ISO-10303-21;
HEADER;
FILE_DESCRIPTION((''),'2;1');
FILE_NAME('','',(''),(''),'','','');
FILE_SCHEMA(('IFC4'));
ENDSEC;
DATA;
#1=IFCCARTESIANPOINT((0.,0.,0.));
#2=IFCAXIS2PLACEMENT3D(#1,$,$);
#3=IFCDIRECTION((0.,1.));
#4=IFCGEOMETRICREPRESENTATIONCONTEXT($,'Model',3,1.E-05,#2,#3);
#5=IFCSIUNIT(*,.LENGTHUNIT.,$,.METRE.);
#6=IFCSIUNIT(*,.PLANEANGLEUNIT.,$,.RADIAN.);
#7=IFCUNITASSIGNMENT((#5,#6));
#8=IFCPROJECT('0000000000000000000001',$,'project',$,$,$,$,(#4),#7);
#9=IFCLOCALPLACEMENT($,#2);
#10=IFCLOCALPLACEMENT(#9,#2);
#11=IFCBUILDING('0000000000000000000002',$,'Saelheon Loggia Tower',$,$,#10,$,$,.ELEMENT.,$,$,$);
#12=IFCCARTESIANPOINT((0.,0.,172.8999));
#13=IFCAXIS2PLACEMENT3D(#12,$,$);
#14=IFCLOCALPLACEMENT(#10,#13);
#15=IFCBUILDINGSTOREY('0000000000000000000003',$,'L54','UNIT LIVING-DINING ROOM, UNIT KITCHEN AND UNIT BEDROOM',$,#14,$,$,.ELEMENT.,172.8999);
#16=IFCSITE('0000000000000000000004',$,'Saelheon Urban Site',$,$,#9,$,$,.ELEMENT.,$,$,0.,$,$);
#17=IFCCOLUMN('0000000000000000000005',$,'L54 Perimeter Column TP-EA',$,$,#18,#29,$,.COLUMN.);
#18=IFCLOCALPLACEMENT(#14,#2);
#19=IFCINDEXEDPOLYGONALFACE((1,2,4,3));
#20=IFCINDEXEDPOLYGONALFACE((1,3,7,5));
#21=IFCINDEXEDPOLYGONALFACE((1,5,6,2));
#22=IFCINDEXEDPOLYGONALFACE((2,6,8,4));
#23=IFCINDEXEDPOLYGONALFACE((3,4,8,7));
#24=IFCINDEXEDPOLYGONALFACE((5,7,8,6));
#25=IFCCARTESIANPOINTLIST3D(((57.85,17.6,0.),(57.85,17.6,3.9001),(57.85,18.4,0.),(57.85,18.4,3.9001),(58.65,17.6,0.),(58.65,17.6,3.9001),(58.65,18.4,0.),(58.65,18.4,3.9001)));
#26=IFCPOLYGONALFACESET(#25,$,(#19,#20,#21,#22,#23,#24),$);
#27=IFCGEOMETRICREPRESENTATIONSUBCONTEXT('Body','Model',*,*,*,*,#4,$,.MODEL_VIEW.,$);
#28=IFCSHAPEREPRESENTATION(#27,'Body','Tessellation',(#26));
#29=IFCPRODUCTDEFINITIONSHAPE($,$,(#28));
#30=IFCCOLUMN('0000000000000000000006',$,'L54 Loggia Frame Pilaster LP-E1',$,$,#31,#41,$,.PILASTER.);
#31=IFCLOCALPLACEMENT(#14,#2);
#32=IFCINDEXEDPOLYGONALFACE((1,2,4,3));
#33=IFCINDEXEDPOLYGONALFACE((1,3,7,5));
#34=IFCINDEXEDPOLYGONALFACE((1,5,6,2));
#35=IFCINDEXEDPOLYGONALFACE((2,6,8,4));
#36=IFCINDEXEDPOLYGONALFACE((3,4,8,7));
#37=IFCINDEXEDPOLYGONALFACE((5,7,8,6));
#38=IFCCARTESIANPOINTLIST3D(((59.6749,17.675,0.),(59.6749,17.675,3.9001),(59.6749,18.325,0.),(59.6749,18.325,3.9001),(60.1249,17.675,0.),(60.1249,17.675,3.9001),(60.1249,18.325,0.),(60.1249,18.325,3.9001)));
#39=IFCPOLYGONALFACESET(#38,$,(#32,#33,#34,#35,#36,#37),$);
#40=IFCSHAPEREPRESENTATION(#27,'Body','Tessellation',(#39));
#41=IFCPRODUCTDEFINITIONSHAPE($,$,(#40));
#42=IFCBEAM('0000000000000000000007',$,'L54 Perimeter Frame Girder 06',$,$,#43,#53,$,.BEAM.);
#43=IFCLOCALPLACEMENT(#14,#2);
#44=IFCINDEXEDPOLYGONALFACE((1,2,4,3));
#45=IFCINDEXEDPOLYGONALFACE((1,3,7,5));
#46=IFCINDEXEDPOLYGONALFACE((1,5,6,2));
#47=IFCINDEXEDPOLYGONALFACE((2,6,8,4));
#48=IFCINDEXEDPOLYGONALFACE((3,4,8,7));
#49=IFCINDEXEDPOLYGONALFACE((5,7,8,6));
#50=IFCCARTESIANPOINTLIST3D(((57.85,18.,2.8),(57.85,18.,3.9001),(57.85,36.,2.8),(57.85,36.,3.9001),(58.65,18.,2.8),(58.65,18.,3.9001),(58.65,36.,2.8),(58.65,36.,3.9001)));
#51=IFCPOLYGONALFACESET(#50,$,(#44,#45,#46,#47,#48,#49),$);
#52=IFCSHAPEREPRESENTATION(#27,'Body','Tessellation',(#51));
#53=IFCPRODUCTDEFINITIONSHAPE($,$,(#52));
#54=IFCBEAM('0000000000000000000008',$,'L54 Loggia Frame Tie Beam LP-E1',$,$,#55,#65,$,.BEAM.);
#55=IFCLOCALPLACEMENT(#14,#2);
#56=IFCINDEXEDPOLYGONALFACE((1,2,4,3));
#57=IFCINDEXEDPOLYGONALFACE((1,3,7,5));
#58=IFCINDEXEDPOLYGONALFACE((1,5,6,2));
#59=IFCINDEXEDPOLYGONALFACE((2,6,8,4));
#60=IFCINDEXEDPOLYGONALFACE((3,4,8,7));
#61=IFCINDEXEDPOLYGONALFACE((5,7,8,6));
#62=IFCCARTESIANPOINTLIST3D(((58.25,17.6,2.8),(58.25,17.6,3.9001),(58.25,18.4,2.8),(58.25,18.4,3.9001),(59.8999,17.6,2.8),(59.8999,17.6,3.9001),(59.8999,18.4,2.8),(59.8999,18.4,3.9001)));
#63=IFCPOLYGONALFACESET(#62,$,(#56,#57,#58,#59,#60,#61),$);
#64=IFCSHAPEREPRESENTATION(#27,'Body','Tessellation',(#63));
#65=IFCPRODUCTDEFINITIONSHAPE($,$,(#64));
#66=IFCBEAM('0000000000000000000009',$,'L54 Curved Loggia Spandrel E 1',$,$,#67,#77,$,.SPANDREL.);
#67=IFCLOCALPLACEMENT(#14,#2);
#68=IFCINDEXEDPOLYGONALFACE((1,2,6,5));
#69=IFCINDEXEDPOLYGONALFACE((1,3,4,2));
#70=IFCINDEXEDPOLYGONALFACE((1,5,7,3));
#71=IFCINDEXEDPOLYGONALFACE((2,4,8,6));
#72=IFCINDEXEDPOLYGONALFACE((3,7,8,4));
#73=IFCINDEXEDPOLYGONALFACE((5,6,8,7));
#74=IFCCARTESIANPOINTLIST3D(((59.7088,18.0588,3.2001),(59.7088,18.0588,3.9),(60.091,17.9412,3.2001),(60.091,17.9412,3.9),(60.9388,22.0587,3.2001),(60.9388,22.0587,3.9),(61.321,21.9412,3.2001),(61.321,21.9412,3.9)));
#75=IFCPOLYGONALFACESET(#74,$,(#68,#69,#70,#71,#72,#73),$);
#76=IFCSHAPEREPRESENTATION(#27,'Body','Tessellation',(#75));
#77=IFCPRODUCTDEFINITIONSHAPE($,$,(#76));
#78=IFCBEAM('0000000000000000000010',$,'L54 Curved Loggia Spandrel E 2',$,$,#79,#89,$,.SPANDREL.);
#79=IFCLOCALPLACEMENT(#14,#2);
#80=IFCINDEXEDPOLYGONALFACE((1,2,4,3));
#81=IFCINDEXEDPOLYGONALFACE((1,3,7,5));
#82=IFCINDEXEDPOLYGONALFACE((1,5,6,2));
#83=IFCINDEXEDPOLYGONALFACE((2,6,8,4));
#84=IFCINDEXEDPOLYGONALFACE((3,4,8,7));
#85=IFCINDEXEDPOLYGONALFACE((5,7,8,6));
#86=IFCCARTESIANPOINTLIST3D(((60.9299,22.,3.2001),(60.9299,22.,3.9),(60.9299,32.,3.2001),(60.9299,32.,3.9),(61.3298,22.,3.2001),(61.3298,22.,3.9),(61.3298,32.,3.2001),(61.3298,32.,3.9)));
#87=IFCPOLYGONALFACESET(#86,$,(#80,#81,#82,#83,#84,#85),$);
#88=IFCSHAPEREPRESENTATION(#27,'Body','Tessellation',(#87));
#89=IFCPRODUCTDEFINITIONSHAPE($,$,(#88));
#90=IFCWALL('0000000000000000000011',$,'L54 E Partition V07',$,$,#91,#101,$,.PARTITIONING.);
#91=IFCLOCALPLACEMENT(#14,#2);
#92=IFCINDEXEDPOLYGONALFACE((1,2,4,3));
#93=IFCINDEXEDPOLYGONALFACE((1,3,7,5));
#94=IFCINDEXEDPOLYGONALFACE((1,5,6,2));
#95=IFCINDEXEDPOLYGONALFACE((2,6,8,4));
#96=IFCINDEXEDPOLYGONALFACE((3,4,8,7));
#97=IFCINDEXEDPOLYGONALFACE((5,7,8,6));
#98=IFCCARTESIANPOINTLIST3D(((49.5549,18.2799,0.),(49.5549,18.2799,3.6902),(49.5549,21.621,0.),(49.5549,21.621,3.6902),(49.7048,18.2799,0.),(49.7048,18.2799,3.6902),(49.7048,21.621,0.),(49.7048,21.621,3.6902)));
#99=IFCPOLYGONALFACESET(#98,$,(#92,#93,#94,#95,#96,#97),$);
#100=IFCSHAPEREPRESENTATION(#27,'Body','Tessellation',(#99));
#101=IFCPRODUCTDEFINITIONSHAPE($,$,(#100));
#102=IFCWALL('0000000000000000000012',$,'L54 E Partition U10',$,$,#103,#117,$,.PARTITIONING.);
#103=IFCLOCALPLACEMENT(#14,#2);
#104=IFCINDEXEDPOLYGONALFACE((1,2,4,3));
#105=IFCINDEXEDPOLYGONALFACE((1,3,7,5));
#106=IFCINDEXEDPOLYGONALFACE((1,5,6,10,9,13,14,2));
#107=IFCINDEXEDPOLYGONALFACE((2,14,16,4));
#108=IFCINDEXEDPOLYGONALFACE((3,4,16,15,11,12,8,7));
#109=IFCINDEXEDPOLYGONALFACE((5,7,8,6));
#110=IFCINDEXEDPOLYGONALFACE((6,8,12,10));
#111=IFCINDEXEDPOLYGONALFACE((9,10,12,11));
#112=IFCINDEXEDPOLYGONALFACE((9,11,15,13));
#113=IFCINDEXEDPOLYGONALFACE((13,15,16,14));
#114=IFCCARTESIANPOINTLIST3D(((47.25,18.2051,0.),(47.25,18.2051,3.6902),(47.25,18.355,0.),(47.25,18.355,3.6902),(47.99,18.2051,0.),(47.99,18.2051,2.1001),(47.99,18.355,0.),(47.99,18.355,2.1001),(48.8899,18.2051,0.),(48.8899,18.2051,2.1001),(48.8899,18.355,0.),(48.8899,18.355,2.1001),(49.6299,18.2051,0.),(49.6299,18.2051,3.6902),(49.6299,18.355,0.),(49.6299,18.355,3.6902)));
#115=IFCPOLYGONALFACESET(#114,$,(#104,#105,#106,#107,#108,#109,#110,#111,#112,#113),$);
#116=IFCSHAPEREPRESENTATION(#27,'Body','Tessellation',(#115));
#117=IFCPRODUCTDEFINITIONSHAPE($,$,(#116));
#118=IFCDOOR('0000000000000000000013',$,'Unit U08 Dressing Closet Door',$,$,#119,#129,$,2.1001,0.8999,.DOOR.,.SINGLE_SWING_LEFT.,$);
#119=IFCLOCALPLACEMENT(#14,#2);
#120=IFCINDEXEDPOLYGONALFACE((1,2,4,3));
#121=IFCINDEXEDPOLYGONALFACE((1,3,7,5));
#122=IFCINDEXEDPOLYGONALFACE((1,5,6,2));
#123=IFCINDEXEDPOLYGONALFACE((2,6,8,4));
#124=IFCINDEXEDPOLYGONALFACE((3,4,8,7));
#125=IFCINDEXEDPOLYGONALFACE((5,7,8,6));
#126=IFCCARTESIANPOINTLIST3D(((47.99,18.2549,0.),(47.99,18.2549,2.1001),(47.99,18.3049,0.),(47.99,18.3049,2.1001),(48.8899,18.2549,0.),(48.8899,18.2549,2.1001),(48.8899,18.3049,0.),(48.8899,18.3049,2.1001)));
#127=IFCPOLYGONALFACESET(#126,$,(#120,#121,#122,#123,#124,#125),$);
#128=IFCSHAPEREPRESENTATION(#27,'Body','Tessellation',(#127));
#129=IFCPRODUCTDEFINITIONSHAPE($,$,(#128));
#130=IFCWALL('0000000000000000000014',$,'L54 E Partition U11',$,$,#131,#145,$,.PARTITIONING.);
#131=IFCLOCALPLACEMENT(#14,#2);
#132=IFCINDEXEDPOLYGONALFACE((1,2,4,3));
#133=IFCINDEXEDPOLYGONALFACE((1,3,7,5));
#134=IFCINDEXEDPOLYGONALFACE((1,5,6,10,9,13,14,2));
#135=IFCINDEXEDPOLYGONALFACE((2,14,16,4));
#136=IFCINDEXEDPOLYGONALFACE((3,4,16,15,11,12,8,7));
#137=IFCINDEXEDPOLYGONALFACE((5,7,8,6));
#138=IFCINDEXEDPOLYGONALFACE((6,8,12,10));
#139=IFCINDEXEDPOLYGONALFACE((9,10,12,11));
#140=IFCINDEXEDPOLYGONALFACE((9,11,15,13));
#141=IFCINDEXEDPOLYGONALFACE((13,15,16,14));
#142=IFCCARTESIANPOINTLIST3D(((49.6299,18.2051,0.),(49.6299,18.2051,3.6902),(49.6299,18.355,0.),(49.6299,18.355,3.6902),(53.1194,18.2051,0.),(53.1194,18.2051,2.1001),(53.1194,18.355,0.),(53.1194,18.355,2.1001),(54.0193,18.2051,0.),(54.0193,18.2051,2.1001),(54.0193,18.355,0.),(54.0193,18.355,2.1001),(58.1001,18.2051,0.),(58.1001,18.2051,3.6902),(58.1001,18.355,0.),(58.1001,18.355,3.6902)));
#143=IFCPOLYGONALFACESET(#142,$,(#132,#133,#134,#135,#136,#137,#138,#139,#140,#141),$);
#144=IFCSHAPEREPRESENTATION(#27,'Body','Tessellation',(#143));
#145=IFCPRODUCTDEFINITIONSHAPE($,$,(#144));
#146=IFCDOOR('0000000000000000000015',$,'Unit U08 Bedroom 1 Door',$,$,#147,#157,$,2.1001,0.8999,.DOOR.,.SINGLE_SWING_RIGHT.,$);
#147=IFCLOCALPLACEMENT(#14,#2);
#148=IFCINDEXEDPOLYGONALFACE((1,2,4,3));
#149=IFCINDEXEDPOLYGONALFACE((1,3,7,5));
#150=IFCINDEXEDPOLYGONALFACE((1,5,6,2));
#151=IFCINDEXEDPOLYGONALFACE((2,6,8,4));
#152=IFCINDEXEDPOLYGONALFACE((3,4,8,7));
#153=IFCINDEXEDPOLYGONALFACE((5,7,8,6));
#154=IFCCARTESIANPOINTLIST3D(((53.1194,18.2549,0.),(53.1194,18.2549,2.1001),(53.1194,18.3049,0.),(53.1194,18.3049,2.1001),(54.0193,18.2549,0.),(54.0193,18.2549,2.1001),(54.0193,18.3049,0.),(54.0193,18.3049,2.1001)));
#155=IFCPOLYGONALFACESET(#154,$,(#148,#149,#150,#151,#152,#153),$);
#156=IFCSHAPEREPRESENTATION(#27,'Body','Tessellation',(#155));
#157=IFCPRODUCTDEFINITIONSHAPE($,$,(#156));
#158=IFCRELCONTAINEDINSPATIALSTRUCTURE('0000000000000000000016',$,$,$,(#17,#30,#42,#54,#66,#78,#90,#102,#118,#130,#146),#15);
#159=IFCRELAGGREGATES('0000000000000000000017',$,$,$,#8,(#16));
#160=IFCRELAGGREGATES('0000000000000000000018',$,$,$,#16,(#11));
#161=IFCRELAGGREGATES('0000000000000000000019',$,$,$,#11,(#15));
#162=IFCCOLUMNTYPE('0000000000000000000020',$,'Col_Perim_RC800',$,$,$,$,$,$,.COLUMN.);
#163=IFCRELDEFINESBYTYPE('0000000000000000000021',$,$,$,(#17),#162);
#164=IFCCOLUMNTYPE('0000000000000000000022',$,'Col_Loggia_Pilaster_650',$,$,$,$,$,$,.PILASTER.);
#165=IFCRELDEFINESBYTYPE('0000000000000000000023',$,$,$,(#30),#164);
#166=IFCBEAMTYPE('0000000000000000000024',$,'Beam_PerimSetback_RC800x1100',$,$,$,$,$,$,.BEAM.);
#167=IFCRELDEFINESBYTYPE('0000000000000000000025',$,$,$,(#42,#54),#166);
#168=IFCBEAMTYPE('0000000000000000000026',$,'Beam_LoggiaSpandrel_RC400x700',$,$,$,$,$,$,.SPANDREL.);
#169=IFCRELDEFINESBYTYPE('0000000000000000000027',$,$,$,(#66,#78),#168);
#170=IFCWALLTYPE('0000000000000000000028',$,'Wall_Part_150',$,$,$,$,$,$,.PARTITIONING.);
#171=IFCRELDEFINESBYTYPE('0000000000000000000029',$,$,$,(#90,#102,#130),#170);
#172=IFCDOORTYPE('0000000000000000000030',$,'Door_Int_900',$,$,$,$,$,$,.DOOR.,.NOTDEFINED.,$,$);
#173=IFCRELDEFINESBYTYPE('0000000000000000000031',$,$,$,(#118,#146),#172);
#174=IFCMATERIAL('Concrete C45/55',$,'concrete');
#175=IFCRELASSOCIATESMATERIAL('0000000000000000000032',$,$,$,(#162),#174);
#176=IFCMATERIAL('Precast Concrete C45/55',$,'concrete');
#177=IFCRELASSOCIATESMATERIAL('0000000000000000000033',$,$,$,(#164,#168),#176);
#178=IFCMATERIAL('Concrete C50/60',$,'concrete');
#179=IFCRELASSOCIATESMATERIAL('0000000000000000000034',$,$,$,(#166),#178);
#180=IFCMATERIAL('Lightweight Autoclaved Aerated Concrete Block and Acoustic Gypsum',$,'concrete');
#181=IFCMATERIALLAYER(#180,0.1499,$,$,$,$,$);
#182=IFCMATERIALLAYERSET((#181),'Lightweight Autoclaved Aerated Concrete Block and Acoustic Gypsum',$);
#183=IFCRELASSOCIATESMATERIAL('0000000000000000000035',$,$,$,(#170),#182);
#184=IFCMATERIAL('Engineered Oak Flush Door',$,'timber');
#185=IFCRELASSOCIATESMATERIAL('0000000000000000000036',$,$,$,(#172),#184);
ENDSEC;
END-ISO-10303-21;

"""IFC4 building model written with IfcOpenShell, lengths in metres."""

from ifc_helpers import new_model, si_unit, direction, frame, frame_2d, origin, origin_2d, place, context, subcontext, project, spatial, rectangle, extrude, source, transform, mapped, material, layer, layer_set, material_profile, profile_set, type_object, element, fill, save


model = new_model("IFC4")

# Units and contexts
model_context = context("Model", 3, precision=1e-05, world=origin(), true_north=direction((0.0, 1.0)))
body_context = subcontext(model_context, "Body", "Model", "MODEL_VIEW")
ifc_project = project(units=[si_unit("LENGTHUNIT", "METRE"), si_unit("PLANEANGLEUNIT", "RADIAN")], contexts=[model_context])

# Site, building, storey
site_placement = place(None, origin())
site = spatial("IfcSite", under=ifc_project, at=site_placement, Name="Saelheon Urban Site", CompositionType="ELEMENT", RefElevation=0.0)
building_placement = place(site_placement, origin())
building = spatial("IfcBuilding", under=site, at=building_placement, Name="Saelheon Loggia Tower", CompositionType="ELEMENT")
storey_placement = place(building_placement, frame((0.0, 0.0, 172.8999)))
storey = spatial("IfcBuildingStorey", under=building, at=storey_placement, Name="L54", Description="UNIT LIVING-DINING ROOM, UNIT KITCHEN AND UNIT BEDROOM", CompositionType="ELEMENT", Elevation=172.8999)

# Columns
ifc_material_1 = material(Name="Concrete C45/55", Category="concrete")
ifc_material_profile_1 = material_profile(ifc_material_1, rectangle(XDim=0.8, YDim=0.8, at=origin_2d()), Name="RC-800x800")
ifc_profile_set_1 = profile_set([ifc_material_profile_1], Name="Concrete C45/55")
column_type_1 = type_object("IfcColumnType", Name="Col_Perim_RC800", PredefinedType="COLUMN", material=ifc_profile_set_1)
shared_shape_1 = source(origin(), body_context, "Body", "SweptSolid", [
    extrude(rectangle(XDim=0.8, YDim=0.8, at=origin_2d()), origin(), (0.0, 0.0, 1.0), 3.9001),
])
column_1_placement = place(storey_placement, frame((58.25, 18.0, 0.0), z_axis=(0.0, 0.0, 1.0), x_axis=(1.0, 0.0, 0.0)))
element("IfcColumn", 1, at=column_1_placement, inside=storey, type_object=column_type_1, Name="L54 Perimeter Column TP-EA", PredefinedType="COLUMN", context=body_context, shape_type="MappedRepresentation", body=[
    mapped(shared_shape_1, transform((0.0, 0.0, 0.0), scale=1.0)),
])
ifc_material_2 = material(Name="Precast Concrete C45/55", Category="concrete")
ifc_material_profile_2 = material_profile(ifc_material_2, rectangle(XDim=0.45, YDim=0.6499, at=origin_2d()), Name="RC-450x650")
ifc_profile_set_2 = profile_set([ifc_material_profile_2], Name="Precast Concrete C45/55")
column_type_2 = type_object("IfcColumnType", Name="Col_Loggia_Pilaster_650", PredefinedType="PILASTER", material=ifc_profile_set_2)
shared_shape_2 = source(origin(), body_context, "Body", "SweptSolid", [
    extrude(rectangle(XDim=0.45, YDim=0.6499, at=origin_2d()), origin(), (0.0, 0.0, 1.0), 3.9001),
])
column_2_placement = place(storey_placement, frame((59.8999, 18.0, 0.0), z_axis=(0.0, 0.0, 1.0), x_axis=(1.0, 0.0, 0.0)))
element("IfcColumn", 2, at=column_2_placement, inside=storey, type_object=column_type_2, Name="L54 Loggia Frame Pilaster LP-E1", PredefinedType="PILASTER", context=body_context, shape_type="MappedRepresentation", body=[
    mapped(shared_shape_2, transform((0.0, 0.0, 0.0), scale=1.0)),
])

# Beams
ifc_material_3 = material(Name="Concrete C50/60", Category="concrete")
ifc_material_profile_3 = material_profile(ifc_material_3, rectangle(XDim=0.8, YDim=1.1001, at=origin_2d()), Name="RC-800x1100")
ifc_profile_set_3 = profile_set([ifc_material_profile_3], Name="Concrete C50/60")
beam_type_1 = type_object("IfcBeamType", Name="Beam_PerimSetback_RC800x1100", PredefinedType="BEAM", material=ifc_profile_set_3)
shared_shape_3 = source(origin(), body_context, "Body", "SweptSolid", [
    extrude(rectangle(XDim=0.8, YDim=1.1001, at=origin_2d()), origin(), (0.0, 0.0, 1.0), 18.0),
])
beam_1_placement = place(storey_placement, frame((58.25, 18.0, 3.3501), z_axis=(0.0, 1.0, 0.0), x_axis=(-1.0, 0.0, 0.0)))
element("IfcBeam", 3, at=beam_1_placement, inside=storey, type_object=beam_type_1, Name="L54 Perimeter Frame Girder 06", PredefinedType="BEAM", context=body_context, shape_type="MappedRepresentation", body=[
    mapped(shared_shape_3, transform((0.0, 0.0, 0.0), scale=1.0)),
])
shared_shape_4 = source(origin(), body_context, "Body", "SweptSolid", [
    extrude(rectangle(XDim=0.8, YDim=1.1001, at=origin_2d()), origin(), (0.0, 0.0, 1.0), 1.6499),
])
beam_2_placement = place(storey_placement, frame((58.25, 18.0, 3.3501), z_axis=(1.0, 0.0, 0.0), x_axis=(0.0, 1.0, 0.0)))
element("IfcBeam", 4, at=beam_2_placement, inside=storey, type_object=beam_type_1, Name="L54 Loggia Frame Tie Beam LP-E1", PredefinedType="BEAM", context=body_context, shape_type="MappedRepresentation", body=[
    mapped(shared_shape_4, transform((0.0, 0.0, 0.0), scale=1.0)),
])
ifc_material_profile_4 = material_profile(ifc_material_2, rectangle(XDim=0.3999, YDim=0.7, at=origin_2d()), Name="RC-400x700")
ifc_profile_set_4 = profile_set([ifc_material_profile_4], Name="Precast Concrete C45/55")
beam_type_2 = type_object("IfcBeamType", Name="Beam_LoggiaSpandrel_RC400x700", PredefinedType="SPANDREL", material=ifc_profile_set_4)
shared_shape_5 = source(origin(), body_context, "Body", "SweptSolid", [
    extrude(rectangle(XDim=0.3999, YDim=0.7, at=origin_2d()), origin(), (0.0, 0.0, 1.0), 4.1848),
])
beam_3_placement = place(storey_placement, frame((59.8999, 18.0, 3.55), z_axis=(0.293914, 0.955832, 0.0), x_axis=(-0.955832, 0.293914, 0.0)))
element("IfcBeam", 5, at=beam_3_placement, inside=storey, type_object=beam_type_2, Name="L54 Curved Loggia Spandrel E 1", PredefinedType="SPANDREL", context=body_context, shape_type="MappedRepresentation", body=[
    mapped(shared_shape_5, transform((0.0, 0.0, 0.0), scale=1.0)),
])
shared_shape_6 = source(origin(), body_context, "Body", "SweptSolid", [
    extrude(rectangle(XDim=0.3999, YDim=0.7, at=origin_2d()), origin(), (0.0, 0.0, 1.0), 10.0),
])
beam_4_placement = place(storey_placement, frame((61.1299, 22.0, 3.55), z_axis=(0.0, 1.0, 0.0), x_axis=(-1.0, 0.0, 0.0)))
element("IfcBeam", 6, at=beam_4_placement, inside=storey, type_object=beam_type_2, Name="L54 Curved Loggia Spandrel E 2", PredefinedType="SPANDREL", context=body_context, shape_type="MappedRepresentation", body=[
    mapped(shared_shape_6, transform((0.0, 0.0, 0.0), scale=1.0)),
])

# Wall
ifc_material_4 = material(Name="Lightweight Autoclaved Aerated Concrete Block and Acoustic Gypsum", Category="concrete")
ifc_layer_1 = layer(ifc_material_4, 0.1499)
ifc_layer_set_1 = layer_set([ifc_layer_1], Name="Lightweight Autoclaved Aerated Concrete Block and Acoustic Gypsum")
wall_type_1 = type_object("IfcWallType", Name="Wall_Part_150", PredefinedType="PARTITIONING", material=ifc_layer_set_1)
wall_1_placement = place(storey_placement, frame((49.6299, 18.28, 0.0), z_axis=(0.0, 0.0, 1.0), x_axis=(0.0, 1.0, 0.0)))
element("IfcWall", 7, at=wall_1_placement, inside=storey, type_object=wall_type_1, Name="L54 E Partition V07", PredefinedType="PARTITIONING", context=body_context, shape_type="SweptSolid", body=[
    extrude(rectangle(XDim=3.3411, YDim=0.1499, at=frame_2d((1.6704, 0.0))), origin(), (0.0, 0.0, 1.0), 3.6902),
])

# Walls, openings, doors
wall_2_placement = place(storey_placement, frame((47.25, 18.28, 0.0), z_axis=(0.0, 0.0, 1.0), x_axis=(1.0, 0.0, 0.0)))
wall_2 = element("IfcWall", 8, at=wall_2_placement, inside=storey, type_object=wall_type_1, Name="L54 E Partition U10", PredefinedType="PARTITIONING", context=body_context, shape_type="SweptSolid", body=[
    extrude(rectangle(XDim=2.3799, YDim=0.1499, at=frame_2d((1.1899, 0.0))), origin(), (0.0, 0.0, 1.0), 3.6902),
])
opening_1_placement = place(wall_2_placement, frame((0.74, 0.0, 0.0)))
opening_1 = element("IfcOpeningElement", 9, at=opening_1_placement, cuts=wall_2, PredefinedType="OPENING", context=body_context, shape_type="SweptSolid", body=[
    extrude(rectangle(XDim=0.8999, YDim=2.1001, at=frame_2d((0.45, 1.05))), frame((0.0, 0.0869, 0.0), z_axis=(0.0, -1.0, 0.0), x_axis=(1.0, 0.0, 0.0)), (0.0, 0.0, 1.0), 0.1738),
])
ifc_material_5 = material(Name="Engineered Oak Flush Door", Category="timber")
door_type_1 = type_object("IfcDoorType", Name="Door_Int_900", OperationType="NOTDEFINED", PredefinedType="DOOR", material=ifc_material_5)
shared_shape_7 = source(origin(), body_context, "Body", "SweptSolid", [
    extrude(rectangle(XDim=0.8999, YDim=2.1001, at=frame_2d((0.45, 1.05))), frame((0.0, 0.0249, 0.0), z_axis=(0.0, -1.0, 0.0), x_axis=(1.0, 0.0, 0.0)), (0.0, 0.0, 1.0), 0.05),
])
door_1_placement = place(opening_1_placement, origin())
door_1 = element("IfcDoor", 10, at=door_1_placement, inside=storey, type_object=door_type_1, Name="Unit U08 Dressing Closet Door", OperationType="SINGLE_SWING_LEFT", OverallHeight=2.1001, OverallWidth=0.8999, PredefinedType="DOOR", context=body_context, shape_type="MappedRepresentation", body=[
    mapped(shared_shape_7, transform((0.0, 0.0, 0.0), scale=1.0)),
])
fill(opening_1, door_1)
wall_3_placement = place(storey_placement, frame((49.6299, 18.28, 0.0), z_axis=(0.0, 0.0, 1.0), x_axis=(1.0, 0.0, 0.0)))
wall_3 = element("IfcWall", 11, at=wall_3_placement, inside=storey, type_object=wall_type_1, Name="L54 E Partition U11", PredefinedType="PARTITIONING", context=body_context, shape_type="SweptSolid", body=[
    extrude(rectangle(XDim=8.4702, YDim=0.1499, at=frame_2d((4.2351, 0.0))), origin(), (0.0, 0.0, 1.0), 3.6902),
])
opening_2_placement = place(wall_3_placement, frame((3.4895, 0.0, 0.0)))
opening_2 = element("IfcOpeningElement", 12, at=opening_2_placement, cuts=wall_3, PredefinedType="OPENING", context=body_context, shape_type="SweptSolid", body=[
    extrude(rectangle(XDim=0.8999, YDim=2.1001, at=frame_2d((0.45, 1.05))), frame((0.0, 0.0869, 0.0), z_axis=(0.0, -1.0, 0.0), x_axis=(1.0, 0.0, 0.0)), (0.0, 0.0, 1.0), 0.1738),
])
door_2_placement = place(opening_2_placement, origin())
door_2 = element("IfcDoor", 13, at=door_2_placement, inside=storey, type_object=door_type_1, Name="Unit U08 Bedroom 1 Door", OperationType="SINGLE_SWING_RIGHT", OverallHeight=2.1001, OverallWidth=0.8999, PredefinedType="DOOR", context=body_context, shape_type="MappedRepresentation", body=[
    mapped(shared_shape_7, transform((0.0, 0.0, 0.0), scale=1.0)),
])
fill(opening_2, door_2)

save(model, "model.ifc")
